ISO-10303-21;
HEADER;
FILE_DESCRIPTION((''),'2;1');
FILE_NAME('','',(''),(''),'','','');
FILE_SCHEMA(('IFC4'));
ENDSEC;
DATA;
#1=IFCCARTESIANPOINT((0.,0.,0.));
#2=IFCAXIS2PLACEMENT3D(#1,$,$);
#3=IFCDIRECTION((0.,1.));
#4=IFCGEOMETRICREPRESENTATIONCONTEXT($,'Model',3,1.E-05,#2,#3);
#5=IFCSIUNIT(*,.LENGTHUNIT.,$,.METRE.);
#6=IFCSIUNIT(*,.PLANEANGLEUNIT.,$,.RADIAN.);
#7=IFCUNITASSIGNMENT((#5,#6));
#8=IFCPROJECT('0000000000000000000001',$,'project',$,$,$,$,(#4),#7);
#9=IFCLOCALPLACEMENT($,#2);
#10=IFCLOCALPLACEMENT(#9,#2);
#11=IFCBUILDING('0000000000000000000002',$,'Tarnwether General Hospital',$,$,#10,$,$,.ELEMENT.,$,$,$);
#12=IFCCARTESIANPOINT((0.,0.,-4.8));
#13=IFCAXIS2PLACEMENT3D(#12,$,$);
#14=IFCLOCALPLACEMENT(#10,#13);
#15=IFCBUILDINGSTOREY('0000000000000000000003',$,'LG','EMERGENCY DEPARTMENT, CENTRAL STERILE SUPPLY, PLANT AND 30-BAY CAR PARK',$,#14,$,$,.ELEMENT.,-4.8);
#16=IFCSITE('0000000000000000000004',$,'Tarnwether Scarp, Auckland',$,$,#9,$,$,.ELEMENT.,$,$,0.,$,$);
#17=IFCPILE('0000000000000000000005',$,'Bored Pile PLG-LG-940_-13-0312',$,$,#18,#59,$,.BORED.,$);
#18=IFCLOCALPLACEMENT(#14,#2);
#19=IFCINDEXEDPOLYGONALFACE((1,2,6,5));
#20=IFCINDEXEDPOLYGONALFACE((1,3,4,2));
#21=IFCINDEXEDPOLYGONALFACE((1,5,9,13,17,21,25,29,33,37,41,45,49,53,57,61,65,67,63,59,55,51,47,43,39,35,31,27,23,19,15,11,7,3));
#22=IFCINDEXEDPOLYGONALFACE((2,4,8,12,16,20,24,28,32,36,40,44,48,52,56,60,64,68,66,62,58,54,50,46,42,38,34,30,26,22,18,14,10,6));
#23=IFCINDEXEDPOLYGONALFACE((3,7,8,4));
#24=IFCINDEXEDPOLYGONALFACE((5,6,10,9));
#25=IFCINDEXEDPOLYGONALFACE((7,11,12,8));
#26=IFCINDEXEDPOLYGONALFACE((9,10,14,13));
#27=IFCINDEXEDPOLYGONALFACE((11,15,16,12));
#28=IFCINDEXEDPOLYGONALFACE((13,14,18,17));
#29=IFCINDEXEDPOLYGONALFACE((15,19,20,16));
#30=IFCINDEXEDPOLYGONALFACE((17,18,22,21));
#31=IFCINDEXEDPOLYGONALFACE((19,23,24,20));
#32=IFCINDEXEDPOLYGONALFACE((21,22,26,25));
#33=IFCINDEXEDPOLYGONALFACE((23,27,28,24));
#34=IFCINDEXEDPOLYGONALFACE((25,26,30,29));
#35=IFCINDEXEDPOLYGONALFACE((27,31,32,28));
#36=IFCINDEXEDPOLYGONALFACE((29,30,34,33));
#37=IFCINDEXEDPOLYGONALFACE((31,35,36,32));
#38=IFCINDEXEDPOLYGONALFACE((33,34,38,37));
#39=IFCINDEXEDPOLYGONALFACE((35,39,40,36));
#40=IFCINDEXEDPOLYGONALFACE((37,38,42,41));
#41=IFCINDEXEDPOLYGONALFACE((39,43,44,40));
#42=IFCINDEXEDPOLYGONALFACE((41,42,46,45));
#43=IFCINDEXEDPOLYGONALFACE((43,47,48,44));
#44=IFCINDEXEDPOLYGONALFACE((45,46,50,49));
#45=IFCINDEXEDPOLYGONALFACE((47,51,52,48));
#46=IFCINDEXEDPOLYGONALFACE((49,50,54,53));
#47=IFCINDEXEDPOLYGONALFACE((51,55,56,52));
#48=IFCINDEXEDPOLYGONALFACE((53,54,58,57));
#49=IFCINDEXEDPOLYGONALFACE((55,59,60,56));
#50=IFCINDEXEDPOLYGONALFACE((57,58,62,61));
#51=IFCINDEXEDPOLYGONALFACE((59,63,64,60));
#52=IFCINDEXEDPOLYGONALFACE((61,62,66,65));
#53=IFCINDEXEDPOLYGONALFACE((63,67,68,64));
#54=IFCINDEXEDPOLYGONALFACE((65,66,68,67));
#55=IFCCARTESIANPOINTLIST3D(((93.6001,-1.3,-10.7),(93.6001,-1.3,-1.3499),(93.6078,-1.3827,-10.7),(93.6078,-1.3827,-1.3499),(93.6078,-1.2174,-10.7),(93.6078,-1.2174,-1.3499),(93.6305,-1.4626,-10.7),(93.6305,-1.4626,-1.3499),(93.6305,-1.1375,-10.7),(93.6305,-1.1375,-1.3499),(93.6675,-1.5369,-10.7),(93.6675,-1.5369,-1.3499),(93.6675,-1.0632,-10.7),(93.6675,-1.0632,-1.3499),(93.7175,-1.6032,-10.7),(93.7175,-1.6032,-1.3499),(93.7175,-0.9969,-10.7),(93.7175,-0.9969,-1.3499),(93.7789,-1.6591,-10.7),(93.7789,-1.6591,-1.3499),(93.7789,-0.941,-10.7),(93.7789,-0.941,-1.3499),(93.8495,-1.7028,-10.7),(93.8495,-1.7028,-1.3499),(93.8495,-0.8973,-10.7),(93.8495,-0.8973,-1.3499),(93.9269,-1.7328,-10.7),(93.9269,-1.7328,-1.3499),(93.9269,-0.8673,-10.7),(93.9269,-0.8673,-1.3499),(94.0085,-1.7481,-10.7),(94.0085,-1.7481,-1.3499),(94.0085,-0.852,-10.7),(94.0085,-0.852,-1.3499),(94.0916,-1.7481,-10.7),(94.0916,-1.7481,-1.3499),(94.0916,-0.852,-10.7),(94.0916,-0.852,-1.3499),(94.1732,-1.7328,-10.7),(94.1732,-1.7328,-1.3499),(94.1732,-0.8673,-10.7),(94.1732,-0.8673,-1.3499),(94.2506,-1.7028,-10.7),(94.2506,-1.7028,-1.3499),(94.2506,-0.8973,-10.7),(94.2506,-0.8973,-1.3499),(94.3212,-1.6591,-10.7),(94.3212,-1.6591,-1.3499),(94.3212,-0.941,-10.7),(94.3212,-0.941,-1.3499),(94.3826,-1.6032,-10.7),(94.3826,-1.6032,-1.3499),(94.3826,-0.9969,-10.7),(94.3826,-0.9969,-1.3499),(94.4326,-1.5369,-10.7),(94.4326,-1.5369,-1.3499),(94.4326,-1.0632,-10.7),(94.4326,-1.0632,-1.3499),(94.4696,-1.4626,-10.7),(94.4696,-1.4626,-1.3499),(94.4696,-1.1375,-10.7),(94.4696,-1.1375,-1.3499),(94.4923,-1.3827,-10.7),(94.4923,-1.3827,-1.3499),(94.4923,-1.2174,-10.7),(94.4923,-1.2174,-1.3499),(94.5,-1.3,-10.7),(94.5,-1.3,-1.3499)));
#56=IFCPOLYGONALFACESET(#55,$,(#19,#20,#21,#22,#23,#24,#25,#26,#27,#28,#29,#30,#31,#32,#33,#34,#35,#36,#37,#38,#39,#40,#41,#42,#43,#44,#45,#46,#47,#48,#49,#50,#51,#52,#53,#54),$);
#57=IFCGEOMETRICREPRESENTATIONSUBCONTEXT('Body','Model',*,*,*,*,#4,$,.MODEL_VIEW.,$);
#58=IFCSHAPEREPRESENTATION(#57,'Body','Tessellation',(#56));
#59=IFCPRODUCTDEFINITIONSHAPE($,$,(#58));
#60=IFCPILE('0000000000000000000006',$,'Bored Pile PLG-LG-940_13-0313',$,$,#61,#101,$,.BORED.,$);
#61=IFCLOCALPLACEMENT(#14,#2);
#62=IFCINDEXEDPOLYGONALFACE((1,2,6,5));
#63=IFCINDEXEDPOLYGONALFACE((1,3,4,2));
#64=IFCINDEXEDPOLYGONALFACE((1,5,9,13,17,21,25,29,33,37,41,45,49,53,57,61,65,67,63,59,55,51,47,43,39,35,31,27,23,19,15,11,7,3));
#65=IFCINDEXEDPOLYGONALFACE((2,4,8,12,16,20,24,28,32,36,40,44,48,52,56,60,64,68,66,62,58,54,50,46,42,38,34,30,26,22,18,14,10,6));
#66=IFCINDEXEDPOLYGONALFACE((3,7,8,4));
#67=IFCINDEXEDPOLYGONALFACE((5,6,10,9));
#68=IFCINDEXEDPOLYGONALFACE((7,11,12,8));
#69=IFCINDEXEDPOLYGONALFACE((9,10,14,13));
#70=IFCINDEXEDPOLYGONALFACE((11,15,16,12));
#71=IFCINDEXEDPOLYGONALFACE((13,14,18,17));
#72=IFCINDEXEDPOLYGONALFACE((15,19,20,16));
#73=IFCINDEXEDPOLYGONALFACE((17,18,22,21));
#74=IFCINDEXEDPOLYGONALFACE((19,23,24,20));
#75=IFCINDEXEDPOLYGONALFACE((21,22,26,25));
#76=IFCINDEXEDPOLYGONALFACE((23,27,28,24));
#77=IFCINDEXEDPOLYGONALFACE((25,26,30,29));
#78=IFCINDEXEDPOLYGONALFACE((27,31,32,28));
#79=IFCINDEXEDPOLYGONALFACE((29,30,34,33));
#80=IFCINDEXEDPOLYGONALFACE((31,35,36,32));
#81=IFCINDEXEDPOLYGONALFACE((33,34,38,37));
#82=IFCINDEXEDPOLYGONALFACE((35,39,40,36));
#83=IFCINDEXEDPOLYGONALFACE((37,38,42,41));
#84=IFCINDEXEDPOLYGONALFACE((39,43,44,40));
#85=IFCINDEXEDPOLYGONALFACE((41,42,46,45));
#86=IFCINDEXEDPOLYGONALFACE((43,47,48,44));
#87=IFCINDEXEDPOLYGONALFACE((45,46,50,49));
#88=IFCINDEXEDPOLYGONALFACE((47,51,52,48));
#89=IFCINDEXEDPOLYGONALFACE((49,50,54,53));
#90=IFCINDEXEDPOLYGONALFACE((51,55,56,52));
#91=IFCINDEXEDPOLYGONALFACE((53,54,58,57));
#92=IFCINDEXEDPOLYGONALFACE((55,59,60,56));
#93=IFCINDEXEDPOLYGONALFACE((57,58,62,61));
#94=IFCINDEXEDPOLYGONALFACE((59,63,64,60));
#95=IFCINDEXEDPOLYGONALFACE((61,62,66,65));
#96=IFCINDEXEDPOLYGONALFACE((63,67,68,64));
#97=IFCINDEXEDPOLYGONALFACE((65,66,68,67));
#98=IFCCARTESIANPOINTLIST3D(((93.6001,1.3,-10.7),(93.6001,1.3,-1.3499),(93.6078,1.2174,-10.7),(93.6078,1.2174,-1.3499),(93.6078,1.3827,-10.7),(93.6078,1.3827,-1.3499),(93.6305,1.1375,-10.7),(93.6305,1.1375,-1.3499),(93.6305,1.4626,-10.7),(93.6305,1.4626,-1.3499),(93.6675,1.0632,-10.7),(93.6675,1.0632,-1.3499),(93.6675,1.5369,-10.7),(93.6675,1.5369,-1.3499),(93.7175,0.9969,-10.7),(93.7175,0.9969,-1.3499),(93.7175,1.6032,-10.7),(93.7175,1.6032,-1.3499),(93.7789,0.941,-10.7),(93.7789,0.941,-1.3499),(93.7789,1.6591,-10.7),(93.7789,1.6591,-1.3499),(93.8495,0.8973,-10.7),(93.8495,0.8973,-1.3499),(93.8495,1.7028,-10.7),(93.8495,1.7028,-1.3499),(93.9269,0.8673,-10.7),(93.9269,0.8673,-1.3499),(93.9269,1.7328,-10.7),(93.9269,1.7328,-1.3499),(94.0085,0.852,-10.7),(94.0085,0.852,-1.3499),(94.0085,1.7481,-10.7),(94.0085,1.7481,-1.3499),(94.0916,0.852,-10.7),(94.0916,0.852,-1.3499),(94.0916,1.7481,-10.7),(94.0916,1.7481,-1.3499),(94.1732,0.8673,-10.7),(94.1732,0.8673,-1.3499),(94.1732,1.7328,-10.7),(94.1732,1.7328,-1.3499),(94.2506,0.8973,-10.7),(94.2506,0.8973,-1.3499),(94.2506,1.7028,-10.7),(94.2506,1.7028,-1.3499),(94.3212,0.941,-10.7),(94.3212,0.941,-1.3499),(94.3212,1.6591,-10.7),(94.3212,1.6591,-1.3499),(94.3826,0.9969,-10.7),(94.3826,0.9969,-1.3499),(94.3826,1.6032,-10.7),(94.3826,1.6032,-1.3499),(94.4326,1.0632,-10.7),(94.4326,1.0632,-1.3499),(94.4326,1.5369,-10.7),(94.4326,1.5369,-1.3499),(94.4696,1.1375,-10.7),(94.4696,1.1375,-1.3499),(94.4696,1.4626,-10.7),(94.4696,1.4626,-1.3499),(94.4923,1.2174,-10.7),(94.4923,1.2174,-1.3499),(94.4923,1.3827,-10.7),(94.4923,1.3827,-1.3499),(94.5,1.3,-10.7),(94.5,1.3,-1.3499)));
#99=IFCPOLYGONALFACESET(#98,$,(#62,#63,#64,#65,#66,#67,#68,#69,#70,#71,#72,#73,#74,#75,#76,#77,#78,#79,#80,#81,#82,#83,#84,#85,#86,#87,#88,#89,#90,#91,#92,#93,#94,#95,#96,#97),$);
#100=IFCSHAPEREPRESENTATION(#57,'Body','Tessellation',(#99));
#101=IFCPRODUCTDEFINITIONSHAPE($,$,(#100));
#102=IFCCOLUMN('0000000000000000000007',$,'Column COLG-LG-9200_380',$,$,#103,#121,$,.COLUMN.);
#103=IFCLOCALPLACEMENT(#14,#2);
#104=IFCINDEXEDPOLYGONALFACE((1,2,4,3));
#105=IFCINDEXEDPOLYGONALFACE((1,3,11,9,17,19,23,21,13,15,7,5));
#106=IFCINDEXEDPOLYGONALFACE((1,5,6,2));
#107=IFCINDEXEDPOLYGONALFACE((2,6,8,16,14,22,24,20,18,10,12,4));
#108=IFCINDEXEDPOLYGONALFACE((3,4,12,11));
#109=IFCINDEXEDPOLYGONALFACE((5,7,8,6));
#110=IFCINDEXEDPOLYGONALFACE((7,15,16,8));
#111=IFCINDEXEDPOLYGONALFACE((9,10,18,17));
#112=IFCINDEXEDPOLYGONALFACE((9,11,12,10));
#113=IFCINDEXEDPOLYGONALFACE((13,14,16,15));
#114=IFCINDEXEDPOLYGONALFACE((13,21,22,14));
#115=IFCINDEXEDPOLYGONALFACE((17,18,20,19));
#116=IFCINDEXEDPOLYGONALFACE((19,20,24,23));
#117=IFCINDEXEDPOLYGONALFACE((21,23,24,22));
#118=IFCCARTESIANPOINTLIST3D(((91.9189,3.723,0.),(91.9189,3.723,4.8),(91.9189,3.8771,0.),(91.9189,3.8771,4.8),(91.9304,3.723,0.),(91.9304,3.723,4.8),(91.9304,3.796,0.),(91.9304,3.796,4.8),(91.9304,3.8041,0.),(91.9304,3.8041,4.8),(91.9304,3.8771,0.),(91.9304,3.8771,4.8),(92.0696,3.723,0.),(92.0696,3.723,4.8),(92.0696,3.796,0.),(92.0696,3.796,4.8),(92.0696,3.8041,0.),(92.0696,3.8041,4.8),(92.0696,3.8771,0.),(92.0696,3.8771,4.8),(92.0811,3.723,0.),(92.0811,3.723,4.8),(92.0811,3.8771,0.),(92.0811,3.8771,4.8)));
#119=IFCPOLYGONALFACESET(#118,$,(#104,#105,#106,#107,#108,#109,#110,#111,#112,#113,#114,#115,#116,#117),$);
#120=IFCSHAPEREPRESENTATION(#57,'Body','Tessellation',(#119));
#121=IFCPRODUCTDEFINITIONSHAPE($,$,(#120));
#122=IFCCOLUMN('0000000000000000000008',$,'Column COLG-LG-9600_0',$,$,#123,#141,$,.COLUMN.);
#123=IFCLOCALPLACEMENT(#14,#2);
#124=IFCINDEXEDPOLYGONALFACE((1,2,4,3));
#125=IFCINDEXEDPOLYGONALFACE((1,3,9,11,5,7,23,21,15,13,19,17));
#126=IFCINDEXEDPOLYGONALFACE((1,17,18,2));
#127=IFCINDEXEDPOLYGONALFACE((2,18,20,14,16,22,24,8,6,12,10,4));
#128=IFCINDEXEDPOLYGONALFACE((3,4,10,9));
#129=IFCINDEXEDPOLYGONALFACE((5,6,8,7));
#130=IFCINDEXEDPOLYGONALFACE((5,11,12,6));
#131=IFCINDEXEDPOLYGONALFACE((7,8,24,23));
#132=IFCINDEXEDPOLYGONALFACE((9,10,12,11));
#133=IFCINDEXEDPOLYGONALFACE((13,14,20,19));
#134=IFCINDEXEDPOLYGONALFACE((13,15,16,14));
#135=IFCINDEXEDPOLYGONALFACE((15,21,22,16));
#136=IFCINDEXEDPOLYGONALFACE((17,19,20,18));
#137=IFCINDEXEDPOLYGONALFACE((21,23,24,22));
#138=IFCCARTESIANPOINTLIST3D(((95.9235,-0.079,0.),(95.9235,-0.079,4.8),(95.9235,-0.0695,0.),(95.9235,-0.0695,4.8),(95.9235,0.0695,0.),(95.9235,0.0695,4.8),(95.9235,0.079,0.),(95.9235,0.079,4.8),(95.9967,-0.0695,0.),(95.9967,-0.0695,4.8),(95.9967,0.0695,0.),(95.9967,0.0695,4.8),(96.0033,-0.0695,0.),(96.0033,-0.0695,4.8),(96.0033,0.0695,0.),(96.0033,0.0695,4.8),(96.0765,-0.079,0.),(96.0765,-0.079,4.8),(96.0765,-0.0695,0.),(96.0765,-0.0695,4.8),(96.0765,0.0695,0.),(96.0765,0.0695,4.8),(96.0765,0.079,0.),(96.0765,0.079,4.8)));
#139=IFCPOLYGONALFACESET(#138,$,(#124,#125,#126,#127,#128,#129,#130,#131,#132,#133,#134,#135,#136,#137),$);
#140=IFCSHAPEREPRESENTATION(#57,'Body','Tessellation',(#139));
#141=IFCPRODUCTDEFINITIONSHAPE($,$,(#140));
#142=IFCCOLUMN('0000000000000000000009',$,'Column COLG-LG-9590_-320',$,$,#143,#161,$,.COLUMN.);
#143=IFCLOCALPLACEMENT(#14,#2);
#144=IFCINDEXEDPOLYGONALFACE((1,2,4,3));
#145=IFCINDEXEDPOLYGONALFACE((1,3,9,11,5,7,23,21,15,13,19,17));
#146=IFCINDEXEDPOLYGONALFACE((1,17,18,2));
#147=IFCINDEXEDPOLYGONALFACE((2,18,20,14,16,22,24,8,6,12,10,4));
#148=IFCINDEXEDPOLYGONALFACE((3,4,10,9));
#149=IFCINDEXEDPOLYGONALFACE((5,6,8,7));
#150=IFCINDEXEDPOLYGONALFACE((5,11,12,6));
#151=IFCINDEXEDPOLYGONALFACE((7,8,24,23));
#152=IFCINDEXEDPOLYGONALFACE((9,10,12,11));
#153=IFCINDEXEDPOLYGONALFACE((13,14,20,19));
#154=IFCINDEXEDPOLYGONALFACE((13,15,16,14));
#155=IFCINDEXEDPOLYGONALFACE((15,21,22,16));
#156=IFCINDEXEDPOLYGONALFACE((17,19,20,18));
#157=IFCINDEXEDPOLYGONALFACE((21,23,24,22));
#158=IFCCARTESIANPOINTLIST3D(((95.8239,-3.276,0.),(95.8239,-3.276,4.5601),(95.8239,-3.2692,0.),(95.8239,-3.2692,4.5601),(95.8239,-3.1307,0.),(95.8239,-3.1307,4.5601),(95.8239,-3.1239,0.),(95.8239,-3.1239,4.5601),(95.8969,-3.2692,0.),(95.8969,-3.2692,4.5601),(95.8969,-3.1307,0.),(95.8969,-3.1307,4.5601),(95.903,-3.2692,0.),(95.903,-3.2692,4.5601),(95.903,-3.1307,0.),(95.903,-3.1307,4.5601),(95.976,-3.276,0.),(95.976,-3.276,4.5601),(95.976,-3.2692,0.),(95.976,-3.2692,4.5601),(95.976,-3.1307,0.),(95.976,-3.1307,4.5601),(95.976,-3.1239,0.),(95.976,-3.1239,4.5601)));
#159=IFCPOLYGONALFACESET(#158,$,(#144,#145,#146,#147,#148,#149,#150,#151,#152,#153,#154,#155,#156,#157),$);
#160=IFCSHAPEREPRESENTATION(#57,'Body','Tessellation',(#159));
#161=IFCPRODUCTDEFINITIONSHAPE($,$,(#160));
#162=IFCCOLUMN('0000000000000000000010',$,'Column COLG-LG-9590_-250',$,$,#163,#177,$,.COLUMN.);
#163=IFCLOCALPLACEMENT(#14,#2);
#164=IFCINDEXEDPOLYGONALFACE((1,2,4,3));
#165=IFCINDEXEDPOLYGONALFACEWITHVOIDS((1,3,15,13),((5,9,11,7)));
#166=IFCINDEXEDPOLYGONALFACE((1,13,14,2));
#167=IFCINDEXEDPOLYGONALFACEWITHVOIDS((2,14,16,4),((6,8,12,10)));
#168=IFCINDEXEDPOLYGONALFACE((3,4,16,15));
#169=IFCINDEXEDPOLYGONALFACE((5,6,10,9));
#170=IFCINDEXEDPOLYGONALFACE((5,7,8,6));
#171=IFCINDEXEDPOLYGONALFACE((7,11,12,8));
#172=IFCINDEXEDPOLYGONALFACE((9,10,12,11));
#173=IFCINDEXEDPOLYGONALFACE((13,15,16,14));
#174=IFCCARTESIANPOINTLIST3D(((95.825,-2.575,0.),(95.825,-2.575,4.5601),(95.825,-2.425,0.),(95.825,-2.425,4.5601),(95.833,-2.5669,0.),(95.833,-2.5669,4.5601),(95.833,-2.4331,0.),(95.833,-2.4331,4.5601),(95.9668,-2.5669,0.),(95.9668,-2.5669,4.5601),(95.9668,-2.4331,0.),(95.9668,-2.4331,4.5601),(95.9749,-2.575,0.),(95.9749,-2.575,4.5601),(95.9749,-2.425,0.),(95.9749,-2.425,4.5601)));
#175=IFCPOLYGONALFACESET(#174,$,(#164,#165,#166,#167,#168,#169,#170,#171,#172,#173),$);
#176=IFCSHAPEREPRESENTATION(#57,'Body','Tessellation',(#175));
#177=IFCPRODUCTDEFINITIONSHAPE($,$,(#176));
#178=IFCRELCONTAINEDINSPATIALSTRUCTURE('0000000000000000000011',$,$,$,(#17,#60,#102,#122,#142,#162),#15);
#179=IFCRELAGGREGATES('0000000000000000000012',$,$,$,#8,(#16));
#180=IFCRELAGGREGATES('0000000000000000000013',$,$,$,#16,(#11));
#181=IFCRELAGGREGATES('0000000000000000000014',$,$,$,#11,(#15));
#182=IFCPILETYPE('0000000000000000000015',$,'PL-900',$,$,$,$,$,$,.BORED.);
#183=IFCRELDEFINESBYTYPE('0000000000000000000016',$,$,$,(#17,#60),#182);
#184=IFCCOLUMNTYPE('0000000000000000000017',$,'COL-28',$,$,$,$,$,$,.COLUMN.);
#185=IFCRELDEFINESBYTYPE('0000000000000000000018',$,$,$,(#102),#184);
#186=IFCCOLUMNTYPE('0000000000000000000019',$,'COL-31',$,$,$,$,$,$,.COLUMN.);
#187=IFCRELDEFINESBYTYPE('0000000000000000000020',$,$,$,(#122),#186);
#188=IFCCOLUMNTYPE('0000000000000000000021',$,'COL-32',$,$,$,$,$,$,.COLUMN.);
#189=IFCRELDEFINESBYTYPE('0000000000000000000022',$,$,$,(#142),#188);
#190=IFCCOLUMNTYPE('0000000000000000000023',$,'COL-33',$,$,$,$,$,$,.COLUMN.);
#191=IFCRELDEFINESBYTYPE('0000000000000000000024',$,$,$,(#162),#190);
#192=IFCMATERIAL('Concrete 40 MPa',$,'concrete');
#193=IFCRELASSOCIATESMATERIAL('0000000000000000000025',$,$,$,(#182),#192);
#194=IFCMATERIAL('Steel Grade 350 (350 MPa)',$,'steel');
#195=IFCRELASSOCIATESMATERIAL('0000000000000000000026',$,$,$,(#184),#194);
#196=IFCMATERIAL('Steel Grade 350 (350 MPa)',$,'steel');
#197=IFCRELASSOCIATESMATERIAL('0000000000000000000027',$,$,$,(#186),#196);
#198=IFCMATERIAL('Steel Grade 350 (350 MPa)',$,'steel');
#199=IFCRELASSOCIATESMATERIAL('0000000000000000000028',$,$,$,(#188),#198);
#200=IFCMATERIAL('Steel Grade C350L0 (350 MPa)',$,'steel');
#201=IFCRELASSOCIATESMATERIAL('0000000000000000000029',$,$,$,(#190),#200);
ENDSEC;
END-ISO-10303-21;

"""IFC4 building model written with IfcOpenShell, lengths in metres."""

from ifc_helpers import new_model, si_unit, direction, frame, origin, origin_2d, place, context, subcontext, project, spatial, hollow_rectangle, circle, i_section, extrude, material, material_profile, profile_set, type_object, element, save


model = new_model("IFC4")

# Units and contexts
model_context = context("Model", 3, precision=1e-05, world=origin(), true_north=direction((0.0, 1.0)))
body_context = subcontext(model_context, "Body", "Model", "MODEL_VIEW")
ifc_project = project(units=[si_unit("LENGTHUNIT", "METRE"), si_unit("PLANEANGLEUNIT", "RADIAN")], contexts=[model_context])

# Site, building, storey
site_placement = place(None, origin())
site = spatial("IfcSite", under=ifc_project, at=site_placement, Name="Tarnwether Scarp, Auckland", CompositionType="ELEMENT", RefElevation=0.0)
building_placement = place(site_placement, origin())
building = spatial("IfcBuilding", under=site, at=building_placement, Name="Tarnwether General Hospital", CompositionType="ELEMENT")
storey_placement = place(building_placement, frame((0.0, 0.0, -4.8)))
storey = spatial("IfcBuildingStorey", under=building, at=storey_placement, Name="LG", Description="EMERGENCY DEPARTMENT, CENTRAL STERILE SUPPLY, PLANT AND 30-BAY CAR PARK", CompositionType="ELEMENT", Elevation=-4.8)

# Piles
ifc_material_1 = material(Name="Concrete 40 MPa", Category="concrete")
ifc_material_profile_1 = material_profile(ifc_material_1, circle(Radius=0.45, at=origin_2d()), Name="PILE-D900")
ifc_profile_set_1 = profile_set([ifc_material_profile_1], Name="Concrete 40 MPa")
pile_type_1 = type_object("IfcPileType", Name="PL-900", PredefinedType="BORED", material=ifc_profile_set_1)
for number, where, z_axis, x_axis, name in (
    (1, (94.05, -1.3, -1.3499), (0.0, 0.0, -1.0), (1.0, 0.0, 0.0), "Bored Pile PLG-LG-940_-13-0312"),
    (2, (94.05, 1.3, -1.3499), (0.0, 0.0, -1.0), (1.0, 0.0, 0.0), "Bored Pile PLG-LG-940_13-0313"),
):
    element("IfcPile", number, at=place(storey_placement, frame(where, z_axis=z_axis, x_axis=x_axis)), inside=storey, type_object=pile_type_1, Name=name, PredefinedType="BORED", context=body_context, shape_type="SweptSolid", body=[
        extrude(circle(Radius=0.45, at=origin_2d()), origin(), (0.0, 0.0, 1.0), 9.3501),
    ])

# Columns
ifc_material_2 = material(Name="Steel Grade 350 (350 MPa)", Category="steel")
ifc_material_profile_2 = material_profile(ifc_material_2, i_section(OverallWidth=0.1541, OverallDepth=0.1621, WebThickness=0.0081, FlangeThickness=0.0115, at=origin_2d()), Name="150UC37.2")
ifc_profile_set_2 = profile_set([ifc_material_profile_2], Name="Steel Grade 350 (350 MPa)")
column_type_1 = type_object("IfcColumnType", Name="COL-28", PredefinedType="COLUMN", material=ifc_profile_set_2)
column_1_placement = place(storey_placement, frame((92.0, 3.8, 0.0), z_axis=(0.0, 0.0, 1.0), x_axis=(0.0, 1.0, 0.0)))
element("IfcColumn", 3, at=column_1_placement, inside=storey, type_object=column_type_1, Name="Column COLG-LG-9200_380", PredefinedType="COLUMN", context=body_context, shape_type="SweptSolid", body=[
    extrude(i_section(OverallWidth=0.1541, OverallDepth=0.1621, WebThickness=0.0081, FlangeThickness=0.0115, at=origin_2d()), origin(), (0.0, 0.0, 1.0), 4.8),
])
ifc_material_3 = material(Name="Steel Grade 350 (350 MPa)", Category="steel")
ifc_material_profile_3 = material_profile(ifc_material_3, i_section(OverallWidth=0.1531, OverallDepth=0.158, WebThickness=0.0066, FlangeThickness=0.0095, at=origin_2d()), Name="150UC30.0")
ifc_profile_set_3 = profile_set([ifc_material_profile_3], Name="Steel Grade 350 (350 MPa)")
column_type_2 = type_object("IfcColumnType", Name="COL-31", PredefinedType="COLUMN", material=ifc_profile_set_3)
column_2_placement = place(storey_placement, frame((96.0, 0.0, 0.0), z_axis=(0.0, 0.0, 1.0), x_axis=(1.0, 0.0, 0.0)))
element("IfcColumn", 4, at=column_2_placement, inside=storey, type_object=column_type_2, Name="Column COLG-LG-9600_0", PredefinedType="COLUMN", context=body_context, shape_type="SweptSolid", body=[
    extrude(i_section(OverallWidth=0.1531, OverallDepth=0.158, WebThickness=0.0066, FlangeThickness=0.0095, at=origin_2d()), origin(), (0.0, 0.0, 1.0), 4.8),
])
ifc_material_4 = material(Name="Steel Grade 350 (350 MPa)", Category="steel")
ifc_material_profile_4 = material_profile(ifc_material_4, i_section(OverallWidth=0.1521, OverallDepth=0.1521, WebThickness=0.0061, FlangeThickness=0.0068, at=origin_2d()), Name="150UC23.4")
ifc_profile_set_4 = profile_set([ifc_material_profile_4], Name="Steel Grade 350 (350 MPa)")
column_type_3 = type_object("IfcColumnType", Name="COL-32", PredefinedType="COLUMN", material=ifc_profile_set_4)
column_3_placement = place(storey_placement, frame((95.8999, -3.2, 0.0), z_axis=(0.0, 0.0, 1.0), x_axis=(1.0, 0.0, 0.0)))
element("IfcColumn", 5, at=column_3_placement, inside=storey, type_object=column_type_3, Name="Column COLG-LG-9590_-320", PredefinedType="COLUMN", context=body_context, shape_type="SweptSolid", body=[
    extrude(i_section(OverallWidth=0.1521, OverallDepth=0.1521, WebThickness=0.0061, FlangeThickness=0.0068, at=origin_2d()), origin(), (0.0, 0.0, 1.0), 4.5601),
])
ifc_material_5 = material(Name="Steel Grade C350L0 (350 MPa)", Category="steel")
ifc_material_profile_5 = material_profile(ifc_material_5, hollow_rectangle(XDim=0.1499, YDim=0.1499, WallThickness=0.0081, at=origin_2d()), Name="SHS150x150x8")
ifc_profile_set_5 = profile_set([ifc_material_profile_5], Name="Steel Grade C350L0 (350 MPa)")
column_type_4 = type_object("IfcColumnType", Name="COL-33", PredefinedType="COLUMN", material=ifc_profile_set_5)
column_4_placement = place(storey_placement, frame((95.8999, -2.5, 0.0), z_axis=(0.0, 0.0, 1.0), x_axis=(1.0, 0.0, 0.0)))
element("IfcColumn", 6, at=column_4_placement, inside=storey, type_object=column_type_4, Name="Column COLG-LG-9590_-250", PredefinedType="COLUMN", context=body_context, shape_type="SweptSolid", body=[
    extrude(hollow_rectangle(XDim=0.1499, YDim=0.1499, WallThickness=0.0081, at=origin_2d()), origin(), (0.0, 0.0, 1.0), 4.5601),
])

save(model, "model.ifc")
